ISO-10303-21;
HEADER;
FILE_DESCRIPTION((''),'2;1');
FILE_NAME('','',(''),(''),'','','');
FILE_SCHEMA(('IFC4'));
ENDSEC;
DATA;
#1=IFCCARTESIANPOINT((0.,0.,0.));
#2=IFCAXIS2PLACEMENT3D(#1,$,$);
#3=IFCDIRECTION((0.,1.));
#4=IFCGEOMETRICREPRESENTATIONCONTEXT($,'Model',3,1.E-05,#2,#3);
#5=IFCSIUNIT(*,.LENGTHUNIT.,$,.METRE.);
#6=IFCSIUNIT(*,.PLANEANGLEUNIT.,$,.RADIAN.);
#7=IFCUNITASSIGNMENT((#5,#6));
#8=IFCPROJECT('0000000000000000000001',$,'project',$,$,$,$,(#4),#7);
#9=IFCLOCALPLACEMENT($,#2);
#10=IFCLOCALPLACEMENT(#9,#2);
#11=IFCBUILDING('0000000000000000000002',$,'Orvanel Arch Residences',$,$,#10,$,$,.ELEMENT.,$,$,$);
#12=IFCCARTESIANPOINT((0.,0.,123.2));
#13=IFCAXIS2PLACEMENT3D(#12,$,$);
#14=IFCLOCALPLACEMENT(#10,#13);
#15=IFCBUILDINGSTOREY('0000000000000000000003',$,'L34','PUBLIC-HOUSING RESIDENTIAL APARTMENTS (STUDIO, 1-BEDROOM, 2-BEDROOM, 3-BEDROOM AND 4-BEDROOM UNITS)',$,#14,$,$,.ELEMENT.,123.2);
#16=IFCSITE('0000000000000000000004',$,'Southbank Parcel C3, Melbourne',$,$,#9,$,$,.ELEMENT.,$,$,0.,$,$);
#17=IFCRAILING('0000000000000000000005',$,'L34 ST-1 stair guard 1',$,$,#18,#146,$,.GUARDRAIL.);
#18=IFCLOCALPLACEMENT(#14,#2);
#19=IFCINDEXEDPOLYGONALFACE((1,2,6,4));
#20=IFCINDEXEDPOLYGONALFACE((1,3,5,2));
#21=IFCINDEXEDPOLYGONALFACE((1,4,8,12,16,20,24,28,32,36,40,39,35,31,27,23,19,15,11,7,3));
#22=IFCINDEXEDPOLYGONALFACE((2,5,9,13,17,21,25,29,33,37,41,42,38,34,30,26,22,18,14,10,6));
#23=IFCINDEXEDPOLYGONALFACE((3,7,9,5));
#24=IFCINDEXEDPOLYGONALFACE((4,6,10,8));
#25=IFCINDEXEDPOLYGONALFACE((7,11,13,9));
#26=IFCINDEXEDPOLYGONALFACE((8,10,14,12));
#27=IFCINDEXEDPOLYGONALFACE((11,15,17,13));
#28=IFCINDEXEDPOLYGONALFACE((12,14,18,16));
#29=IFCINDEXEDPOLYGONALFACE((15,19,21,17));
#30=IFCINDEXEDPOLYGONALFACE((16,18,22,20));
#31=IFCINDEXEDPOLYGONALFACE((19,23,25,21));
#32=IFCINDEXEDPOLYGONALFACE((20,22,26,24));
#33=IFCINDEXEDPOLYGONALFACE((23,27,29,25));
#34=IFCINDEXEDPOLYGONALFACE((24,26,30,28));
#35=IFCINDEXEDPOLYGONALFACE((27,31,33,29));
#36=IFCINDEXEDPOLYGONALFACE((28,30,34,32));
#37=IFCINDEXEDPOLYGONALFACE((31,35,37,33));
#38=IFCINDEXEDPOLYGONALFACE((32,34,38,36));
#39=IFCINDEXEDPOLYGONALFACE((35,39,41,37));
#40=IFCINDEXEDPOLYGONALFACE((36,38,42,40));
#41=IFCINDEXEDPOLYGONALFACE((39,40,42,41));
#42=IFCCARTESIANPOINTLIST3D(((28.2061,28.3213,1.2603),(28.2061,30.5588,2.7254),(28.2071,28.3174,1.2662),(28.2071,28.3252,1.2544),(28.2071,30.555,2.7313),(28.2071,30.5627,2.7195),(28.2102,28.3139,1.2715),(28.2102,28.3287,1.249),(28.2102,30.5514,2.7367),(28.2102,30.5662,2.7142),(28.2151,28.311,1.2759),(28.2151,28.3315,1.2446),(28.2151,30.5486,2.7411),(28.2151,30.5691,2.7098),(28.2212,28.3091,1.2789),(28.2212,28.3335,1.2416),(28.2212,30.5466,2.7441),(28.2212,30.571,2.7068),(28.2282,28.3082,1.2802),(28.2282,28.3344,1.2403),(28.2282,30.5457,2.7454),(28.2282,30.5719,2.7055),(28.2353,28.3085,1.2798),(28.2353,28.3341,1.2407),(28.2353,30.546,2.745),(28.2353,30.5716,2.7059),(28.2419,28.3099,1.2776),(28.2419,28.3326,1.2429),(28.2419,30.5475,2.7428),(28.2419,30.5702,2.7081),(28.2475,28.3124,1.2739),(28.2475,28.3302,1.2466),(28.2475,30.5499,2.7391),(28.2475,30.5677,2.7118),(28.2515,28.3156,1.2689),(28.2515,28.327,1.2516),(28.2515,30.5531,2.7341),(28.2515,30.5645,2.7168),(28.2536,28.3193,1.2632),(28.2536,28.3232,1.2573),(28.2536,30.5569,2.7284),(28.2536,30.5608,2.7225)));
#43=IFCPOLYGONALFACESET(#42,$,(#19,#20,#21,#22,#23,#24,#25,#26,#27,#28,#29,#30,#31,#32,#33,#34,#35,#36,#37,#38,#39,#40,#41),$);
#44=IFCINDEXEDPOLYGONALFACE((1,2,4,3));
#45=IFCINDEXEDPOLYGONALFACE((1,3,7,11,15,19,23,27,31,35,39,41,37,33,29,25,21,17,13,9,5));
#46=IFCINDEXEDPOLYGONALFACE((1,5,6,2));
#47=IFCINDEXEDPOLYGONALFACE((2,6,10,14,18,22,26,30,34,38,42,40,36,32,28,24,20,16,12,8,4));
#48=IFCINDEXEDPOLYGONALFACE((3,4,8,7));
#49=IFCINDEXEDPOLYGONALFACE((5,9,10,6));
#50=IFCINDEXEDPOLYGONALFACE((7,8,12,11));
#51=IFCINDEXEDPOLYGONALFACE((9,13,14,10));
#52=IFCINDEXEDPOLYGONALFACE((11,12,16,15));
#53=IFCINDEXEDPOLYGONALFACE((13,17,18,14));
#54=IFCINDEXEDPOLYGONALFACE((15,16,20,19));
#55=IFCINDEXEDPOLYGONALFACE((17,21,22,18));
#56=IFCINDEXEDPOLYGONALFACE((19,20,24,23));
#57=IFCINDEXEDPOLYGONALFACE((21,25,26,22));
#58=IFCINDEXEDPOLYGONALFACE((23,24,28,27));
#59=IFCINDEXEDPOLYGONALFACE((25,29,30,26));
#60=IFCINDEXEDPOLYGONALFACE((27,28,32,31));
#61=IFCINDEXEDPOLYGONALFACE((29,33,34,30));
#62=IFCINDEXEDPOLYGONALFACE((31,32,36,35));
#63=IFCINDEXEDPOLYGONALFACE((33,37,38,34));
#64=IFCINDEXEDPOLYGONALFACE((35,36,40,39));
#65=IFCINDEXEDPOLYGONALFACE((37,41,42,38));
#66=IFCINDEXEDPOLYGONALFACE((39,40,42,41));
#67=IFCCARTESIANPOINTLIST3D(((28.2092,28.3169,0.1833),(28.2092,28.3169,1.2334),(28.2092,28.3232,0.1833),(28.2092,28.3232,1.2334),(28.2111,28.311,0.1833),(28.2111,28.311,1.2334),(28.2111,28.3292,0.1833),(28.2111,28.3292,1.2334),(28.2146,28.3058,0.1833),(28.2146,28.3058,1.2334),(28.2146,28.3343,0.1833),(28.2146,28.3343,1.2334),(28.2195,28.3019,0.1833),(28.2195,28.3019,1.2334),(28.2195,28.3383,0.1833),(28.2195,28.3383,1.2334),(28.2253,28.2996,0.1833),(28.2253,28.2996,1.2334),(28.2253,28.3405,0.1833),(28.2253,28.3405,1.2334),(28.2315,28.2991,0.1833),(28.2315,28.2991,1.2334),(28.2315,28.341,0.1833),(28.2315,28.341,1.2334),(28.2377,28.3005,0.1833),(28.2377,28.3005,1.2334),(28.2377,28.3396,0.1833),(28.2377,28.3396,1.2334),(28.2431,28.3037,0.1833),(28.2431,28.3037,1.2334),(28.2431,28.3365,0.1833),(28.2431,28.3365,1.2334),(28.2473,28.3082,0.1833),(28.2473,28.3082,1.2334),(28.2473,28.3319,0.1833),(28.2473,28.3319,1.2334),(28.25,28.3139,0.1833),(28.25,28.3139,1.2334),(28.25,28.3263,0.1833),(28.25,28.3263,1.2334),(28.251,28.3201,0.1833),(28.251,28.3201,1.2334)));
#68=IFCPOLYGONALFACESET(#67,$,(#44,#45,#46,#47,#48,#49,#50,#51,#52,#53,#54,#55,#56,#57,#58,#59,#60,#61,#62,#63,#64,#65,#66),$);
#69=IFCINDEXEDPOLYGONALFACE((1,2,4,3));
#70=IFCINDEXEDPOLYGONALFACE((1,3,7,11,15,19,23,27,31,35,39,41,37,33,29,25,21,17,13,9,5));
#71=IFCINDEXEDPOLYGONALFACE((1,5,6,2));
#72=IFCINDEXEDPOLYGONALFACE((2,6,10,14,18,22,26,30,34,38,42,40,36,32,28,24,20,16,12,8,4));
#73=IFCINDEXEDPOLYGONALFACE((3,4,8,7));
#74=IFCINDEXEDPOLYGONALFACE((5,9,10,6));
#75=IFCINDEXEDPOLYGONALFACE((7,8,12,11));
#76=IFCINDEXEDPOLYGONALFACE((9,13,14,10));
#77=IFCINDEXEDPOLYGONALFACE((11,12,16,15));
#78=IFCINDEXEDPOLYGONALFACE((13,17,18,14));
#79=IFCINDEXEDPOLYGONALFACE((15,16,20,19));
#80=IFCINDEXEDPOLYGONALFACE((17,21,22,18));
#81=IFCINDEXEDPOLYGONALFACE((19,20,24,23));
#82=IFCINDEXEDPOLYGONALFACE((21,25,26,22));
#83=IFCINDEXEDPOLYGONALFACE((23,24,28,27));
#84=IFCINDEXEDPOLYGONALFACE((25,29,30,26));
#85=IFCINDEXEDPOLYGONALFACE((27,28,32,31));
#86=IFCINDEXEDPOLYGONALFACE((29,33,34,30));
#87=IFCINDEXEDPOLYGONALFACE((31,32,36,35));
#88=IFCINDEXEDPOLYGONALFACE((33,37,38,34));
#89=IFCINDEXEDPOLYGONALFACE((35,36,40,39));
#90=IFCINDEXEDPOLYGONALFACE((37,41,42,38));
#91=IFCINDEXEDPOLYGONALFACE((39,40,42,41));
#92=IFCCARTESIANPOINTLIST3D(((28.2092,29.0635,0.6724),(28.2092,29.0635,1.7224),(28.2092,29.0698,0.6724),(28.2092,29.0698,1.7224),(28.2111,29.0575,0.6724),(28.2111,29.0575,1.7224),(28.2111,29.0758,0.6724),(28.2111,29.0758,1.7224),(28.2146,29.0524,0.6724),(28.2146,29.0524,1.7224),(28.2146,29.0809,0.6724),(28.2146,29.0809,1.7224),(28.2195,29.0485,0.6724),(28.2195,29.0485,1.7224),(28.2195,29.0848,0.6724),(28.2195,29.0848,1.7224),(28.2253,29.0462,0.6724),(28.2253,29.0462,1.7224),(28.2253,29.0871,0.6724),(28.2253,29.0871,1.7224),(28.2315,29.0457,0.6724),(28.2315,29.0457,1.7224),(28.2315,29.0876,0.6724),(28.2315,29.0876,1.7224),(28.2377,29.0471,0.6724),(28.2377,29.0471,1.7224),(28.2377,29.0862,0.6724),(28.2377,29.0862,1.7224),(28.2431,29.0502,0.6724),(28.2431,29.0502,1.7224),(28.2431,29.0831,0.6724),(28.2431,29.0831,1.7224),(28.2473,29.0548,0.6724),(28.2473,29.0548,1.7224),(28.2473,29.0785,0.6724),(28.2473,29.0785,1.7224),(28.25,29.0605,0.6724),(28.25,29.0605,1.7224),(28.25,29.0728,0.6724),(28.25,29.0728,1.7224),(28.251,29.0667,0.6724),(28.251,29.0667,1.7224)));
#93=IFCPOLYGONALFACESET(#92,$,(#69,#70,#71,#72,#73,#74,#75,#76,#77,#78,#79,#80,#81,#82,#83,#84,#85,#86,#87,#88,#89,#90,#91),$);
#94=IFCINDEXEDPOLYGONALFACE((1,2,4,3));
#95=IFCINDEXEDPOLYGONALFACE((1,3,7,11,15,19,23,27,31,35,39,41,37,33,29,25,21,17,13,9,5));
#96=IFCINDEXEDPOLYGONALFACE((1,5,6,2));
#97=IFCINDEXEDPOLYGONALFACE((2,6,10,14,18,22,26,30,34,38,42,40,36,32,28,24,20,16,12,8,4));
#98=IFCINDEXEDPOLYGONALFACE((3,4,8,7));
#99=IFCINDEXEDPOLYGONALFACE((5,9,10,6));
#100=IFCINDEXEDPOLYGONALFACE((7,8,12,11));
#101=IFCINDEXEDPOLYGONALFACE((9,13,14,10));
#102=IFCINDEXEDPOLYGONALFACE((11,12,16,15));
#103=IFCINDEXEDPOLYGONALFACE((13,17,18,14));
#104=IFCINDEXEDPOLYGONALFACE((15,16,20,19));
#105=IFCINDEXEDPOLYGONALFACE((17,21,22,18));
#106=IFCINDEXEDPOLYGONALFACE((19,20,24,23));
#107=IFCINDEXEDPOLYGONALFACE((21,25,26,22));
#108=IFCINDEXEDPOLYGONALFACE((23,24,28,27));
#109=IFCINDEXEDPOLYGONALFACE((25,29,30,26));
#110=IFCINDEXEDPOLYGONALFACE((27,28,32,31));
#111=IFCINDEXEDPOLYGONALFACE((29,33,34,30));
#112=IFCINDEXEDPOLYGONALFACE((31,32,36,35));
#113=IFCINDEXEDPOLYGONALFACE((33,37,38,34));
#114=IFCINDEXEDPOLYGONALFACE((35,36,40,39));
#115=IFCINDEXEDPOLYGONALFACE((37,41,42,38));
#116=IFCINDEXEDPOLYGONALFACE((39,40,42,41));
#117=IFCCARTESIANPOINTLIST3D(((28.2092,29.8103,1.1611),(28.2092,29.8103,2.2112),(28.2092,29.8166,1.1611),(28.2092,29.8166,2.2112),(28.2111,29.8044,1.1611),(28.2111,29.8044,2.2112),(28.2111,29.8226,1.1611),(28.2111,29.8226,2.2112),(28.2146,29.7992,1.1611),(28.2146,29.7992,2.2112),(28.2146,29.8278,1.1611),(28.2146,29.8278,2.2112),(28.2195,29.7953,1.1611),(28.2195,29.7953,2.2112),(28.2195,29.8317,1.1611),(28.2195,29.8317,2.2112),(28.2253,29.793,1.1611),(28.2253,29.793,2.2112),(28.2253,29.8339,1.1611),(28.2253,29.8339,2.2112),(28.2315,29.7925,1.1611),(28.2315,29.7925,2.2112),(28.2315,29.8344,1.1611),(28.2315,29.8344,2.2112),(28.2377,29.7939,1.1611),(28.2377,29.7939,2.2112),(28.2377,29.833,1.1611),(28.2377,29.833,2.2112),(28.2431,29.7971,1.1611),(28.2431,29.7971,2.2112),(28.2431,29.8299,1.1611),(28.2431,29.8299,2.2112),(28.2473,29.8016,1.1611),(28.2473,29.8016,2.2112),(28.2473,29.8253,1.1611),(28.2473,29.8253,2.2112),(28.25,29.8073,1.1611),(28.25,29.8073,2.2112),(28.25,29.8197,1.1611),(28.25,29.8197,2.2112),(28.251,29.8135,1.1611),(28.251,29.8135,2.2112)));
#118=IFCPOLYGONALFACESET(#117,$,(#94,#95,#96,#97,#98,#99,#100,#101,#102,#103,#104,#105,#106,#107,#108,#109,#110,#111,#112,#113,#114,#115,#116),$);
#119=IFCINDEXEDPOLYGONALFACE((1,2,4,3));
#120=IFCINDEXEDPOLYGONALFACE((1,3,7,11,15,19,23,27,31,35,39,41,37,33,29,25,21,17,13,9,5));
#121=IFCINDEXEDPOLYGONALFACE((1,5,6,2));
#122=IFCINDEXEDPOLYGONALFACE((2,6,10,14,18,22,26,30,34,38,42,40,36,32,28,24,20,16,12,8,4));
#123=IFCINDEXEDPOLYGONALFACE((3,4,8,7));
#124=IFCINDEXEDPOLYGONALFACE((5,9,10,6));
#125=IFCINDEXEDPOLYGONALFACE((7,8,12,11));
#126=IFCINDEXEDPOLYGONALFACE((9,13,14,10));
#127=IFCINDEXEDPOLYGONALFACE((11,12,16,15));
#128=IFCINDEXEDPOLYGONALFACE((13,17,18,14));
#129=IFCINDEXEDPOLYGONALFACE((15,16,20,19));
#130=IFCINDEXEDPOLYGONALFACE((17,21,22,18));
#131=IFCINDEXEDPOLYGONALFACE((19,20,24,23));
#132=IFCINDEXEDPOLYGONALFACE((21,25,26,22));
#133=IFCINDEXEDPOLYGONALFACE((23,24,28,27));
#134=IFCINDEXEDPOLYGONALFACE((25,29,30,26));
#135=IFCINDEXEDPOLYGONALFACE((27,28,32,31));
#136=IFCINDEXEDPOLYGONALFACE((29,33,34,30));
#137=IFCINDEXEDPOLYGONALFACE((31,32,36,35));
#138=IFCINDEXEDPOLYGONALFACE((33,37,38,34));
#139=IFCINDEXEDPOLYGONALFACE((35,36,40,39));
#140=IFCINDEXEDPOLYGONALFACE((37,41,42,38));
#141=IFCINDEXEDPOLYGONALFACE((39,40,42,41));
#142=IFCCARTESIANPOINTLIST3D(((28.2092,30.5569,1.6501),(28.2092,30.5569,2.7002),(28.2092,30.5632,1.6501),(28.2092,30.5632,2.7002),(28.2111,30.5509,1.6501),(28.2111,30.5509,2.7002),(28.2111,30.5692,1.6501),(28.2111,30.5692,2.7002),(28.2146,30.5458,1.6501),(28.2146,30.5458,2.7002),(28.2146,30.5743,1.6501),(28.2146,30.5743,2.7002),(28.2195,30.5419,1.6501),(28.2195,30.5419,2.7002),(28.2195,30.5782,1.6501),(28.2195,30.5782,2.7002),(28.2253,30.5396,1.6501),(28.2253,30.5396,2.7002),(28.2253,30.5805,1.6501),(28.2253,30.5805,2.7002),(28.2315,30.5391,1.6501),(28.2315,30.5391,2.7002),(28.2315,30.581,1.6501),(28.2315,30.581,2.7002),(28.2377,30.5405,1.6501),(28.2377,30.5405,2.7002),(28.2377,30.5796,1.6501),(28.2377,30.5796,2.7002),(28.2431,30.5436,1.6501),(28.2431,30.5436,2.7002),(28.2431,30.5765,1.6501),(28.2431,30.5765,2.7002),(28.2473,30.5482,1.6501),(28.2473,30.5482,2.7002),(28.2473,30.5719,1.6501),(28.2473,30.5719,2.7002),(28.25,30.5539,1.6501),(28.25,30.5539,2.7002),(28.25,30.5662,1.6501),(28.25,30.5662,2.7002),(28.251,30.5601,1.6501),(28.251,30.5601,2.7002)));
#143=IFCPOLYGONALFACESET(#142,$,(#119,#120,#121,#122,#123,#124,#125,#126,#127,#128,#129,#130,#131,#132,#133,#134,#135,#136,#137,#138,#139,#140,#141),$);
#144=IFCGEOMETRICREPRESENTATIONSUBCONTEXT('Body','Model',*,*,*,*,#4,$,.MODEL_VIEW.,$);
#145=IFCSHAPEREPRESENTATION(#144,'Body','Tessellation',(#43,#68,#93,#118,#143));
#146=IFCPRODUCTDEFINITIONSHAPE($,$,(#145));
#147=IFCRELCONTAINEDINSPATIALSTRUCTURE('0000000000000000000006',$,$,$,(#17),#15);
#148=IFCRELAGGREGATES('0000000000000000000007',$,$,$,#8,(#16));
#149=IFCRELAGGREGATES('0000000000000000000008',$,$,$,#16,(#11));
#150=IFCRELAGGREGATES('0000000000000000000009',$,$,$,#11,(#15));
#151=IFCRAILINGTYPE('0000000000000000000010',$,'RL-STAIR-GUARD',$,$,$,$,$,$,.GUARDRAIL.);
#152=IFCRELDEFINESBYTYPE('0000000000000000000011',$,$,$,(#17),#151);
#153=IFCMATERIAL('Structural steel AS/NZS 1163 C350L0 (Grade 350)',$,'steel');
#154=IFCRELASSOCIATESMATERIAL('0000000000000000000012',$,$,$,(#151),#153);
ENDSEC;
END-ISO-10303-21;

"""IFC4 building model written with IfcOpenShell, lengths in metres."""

from ifc_helpers import new_model, si_unit, direction, frame, origin, origin_2d, place, context, subcontext, project, spatial, circle, extrude, material, type_object, element, save


model = new_model("IFC4")

# Units and contexts
model_context = context("Model", 3, precision=1e-05, world=origin(), true_north=direction((0.0, 1.0)))
body_context = subcontext(model_context, "Body", "Model", "MODEL_VIEW")
ifc_project = project(units=[si_unit("LENGTHUNIT", "METRE"), si_unit("PLANEANGLEUNIT", "RADIAN")], contexts=[model_context])

# Site, building, storey
site_placement = place(None, origin())
site = spatial("IfcSite", under=ifc_project, at=site_placement, Name="Southbank Parcel C3, Melbourne", CompositionType="ELEMENT", RefElevation=0.0)
building_placement = place(site_placement, origin())
building = spatial("IfcBuilding", under=site, at=building_placement, Name="Orvanel Arch Residences", CompositionType="ELEMENT")
storey_placement = place(building_placement, frame((0.0, 0.0, 123.2)))
storey = spatial("IfcBuildingStorey", under=building, at=storey_placement, Name="L34", Description="PUBLIC-HOUSING RESIDENTIAL APARTMENTS (STUDIO, 1-BEDROOM, 2-BEDROOM, 3-BEDROOM AND 4-BEDROOM UNITS)", CompositionType="ELEMENT", Elevation=123.2)

# Railing
ifc_material_1 = material(Name="Structural steel AS/NZS 1163 C350L0 (Grade 350)", Category="steel")
railing_type_1 = type_object("IfcRailingType", Name="RL-STAIR-GUARD", PredefinedType="GUARDRAIL", material=ifc_material_1)
railing_1_placement = place(storey_placement, frame((28.23, 28.3201, 0.1833)))
element("IfcRailing", 1, at=railing_1_placement, inside=storey, type_object=railing_type_1, Name="L34 ST-1 stair guard 1", PredefinedType="GUARDRAIL", context=body_context, shape_type="SweptSolid", body=[
    extrude(circle(Radius=0.0239, at=origin_2d()), frame((0.0, 0.0012, 1.0769), z_axis=(0.0, 0.836595, 0.547822), x_axis=(-1.0, 0.0, 0.0)), (0.0, 0.0, 1.0), 2.6746),
    extrude(circle(Radius=0.021, at=origin_2d()), origin(), (0.0, 0.0, 1.0), 1.05),
    extrude(circle(Radius=0.021, at=origin_2d()), frame((0.0, 0.7466, 0.489)), (0.0, 0.0, 1.0), 1.05),
    extrude(circle(Radius=0.021, at=origin_2d()), frame((0.0, 1.4934, 0.9778)), (0.0, 0.0, 1.0), 1.05),
    extrude(circle(Radius=0.021, at=origin_2d()), frame((0.0, 2.24, 1.4668)), (0.0, 0.0, 1.0), 1.05),
])

save(model, "model.ifc")
